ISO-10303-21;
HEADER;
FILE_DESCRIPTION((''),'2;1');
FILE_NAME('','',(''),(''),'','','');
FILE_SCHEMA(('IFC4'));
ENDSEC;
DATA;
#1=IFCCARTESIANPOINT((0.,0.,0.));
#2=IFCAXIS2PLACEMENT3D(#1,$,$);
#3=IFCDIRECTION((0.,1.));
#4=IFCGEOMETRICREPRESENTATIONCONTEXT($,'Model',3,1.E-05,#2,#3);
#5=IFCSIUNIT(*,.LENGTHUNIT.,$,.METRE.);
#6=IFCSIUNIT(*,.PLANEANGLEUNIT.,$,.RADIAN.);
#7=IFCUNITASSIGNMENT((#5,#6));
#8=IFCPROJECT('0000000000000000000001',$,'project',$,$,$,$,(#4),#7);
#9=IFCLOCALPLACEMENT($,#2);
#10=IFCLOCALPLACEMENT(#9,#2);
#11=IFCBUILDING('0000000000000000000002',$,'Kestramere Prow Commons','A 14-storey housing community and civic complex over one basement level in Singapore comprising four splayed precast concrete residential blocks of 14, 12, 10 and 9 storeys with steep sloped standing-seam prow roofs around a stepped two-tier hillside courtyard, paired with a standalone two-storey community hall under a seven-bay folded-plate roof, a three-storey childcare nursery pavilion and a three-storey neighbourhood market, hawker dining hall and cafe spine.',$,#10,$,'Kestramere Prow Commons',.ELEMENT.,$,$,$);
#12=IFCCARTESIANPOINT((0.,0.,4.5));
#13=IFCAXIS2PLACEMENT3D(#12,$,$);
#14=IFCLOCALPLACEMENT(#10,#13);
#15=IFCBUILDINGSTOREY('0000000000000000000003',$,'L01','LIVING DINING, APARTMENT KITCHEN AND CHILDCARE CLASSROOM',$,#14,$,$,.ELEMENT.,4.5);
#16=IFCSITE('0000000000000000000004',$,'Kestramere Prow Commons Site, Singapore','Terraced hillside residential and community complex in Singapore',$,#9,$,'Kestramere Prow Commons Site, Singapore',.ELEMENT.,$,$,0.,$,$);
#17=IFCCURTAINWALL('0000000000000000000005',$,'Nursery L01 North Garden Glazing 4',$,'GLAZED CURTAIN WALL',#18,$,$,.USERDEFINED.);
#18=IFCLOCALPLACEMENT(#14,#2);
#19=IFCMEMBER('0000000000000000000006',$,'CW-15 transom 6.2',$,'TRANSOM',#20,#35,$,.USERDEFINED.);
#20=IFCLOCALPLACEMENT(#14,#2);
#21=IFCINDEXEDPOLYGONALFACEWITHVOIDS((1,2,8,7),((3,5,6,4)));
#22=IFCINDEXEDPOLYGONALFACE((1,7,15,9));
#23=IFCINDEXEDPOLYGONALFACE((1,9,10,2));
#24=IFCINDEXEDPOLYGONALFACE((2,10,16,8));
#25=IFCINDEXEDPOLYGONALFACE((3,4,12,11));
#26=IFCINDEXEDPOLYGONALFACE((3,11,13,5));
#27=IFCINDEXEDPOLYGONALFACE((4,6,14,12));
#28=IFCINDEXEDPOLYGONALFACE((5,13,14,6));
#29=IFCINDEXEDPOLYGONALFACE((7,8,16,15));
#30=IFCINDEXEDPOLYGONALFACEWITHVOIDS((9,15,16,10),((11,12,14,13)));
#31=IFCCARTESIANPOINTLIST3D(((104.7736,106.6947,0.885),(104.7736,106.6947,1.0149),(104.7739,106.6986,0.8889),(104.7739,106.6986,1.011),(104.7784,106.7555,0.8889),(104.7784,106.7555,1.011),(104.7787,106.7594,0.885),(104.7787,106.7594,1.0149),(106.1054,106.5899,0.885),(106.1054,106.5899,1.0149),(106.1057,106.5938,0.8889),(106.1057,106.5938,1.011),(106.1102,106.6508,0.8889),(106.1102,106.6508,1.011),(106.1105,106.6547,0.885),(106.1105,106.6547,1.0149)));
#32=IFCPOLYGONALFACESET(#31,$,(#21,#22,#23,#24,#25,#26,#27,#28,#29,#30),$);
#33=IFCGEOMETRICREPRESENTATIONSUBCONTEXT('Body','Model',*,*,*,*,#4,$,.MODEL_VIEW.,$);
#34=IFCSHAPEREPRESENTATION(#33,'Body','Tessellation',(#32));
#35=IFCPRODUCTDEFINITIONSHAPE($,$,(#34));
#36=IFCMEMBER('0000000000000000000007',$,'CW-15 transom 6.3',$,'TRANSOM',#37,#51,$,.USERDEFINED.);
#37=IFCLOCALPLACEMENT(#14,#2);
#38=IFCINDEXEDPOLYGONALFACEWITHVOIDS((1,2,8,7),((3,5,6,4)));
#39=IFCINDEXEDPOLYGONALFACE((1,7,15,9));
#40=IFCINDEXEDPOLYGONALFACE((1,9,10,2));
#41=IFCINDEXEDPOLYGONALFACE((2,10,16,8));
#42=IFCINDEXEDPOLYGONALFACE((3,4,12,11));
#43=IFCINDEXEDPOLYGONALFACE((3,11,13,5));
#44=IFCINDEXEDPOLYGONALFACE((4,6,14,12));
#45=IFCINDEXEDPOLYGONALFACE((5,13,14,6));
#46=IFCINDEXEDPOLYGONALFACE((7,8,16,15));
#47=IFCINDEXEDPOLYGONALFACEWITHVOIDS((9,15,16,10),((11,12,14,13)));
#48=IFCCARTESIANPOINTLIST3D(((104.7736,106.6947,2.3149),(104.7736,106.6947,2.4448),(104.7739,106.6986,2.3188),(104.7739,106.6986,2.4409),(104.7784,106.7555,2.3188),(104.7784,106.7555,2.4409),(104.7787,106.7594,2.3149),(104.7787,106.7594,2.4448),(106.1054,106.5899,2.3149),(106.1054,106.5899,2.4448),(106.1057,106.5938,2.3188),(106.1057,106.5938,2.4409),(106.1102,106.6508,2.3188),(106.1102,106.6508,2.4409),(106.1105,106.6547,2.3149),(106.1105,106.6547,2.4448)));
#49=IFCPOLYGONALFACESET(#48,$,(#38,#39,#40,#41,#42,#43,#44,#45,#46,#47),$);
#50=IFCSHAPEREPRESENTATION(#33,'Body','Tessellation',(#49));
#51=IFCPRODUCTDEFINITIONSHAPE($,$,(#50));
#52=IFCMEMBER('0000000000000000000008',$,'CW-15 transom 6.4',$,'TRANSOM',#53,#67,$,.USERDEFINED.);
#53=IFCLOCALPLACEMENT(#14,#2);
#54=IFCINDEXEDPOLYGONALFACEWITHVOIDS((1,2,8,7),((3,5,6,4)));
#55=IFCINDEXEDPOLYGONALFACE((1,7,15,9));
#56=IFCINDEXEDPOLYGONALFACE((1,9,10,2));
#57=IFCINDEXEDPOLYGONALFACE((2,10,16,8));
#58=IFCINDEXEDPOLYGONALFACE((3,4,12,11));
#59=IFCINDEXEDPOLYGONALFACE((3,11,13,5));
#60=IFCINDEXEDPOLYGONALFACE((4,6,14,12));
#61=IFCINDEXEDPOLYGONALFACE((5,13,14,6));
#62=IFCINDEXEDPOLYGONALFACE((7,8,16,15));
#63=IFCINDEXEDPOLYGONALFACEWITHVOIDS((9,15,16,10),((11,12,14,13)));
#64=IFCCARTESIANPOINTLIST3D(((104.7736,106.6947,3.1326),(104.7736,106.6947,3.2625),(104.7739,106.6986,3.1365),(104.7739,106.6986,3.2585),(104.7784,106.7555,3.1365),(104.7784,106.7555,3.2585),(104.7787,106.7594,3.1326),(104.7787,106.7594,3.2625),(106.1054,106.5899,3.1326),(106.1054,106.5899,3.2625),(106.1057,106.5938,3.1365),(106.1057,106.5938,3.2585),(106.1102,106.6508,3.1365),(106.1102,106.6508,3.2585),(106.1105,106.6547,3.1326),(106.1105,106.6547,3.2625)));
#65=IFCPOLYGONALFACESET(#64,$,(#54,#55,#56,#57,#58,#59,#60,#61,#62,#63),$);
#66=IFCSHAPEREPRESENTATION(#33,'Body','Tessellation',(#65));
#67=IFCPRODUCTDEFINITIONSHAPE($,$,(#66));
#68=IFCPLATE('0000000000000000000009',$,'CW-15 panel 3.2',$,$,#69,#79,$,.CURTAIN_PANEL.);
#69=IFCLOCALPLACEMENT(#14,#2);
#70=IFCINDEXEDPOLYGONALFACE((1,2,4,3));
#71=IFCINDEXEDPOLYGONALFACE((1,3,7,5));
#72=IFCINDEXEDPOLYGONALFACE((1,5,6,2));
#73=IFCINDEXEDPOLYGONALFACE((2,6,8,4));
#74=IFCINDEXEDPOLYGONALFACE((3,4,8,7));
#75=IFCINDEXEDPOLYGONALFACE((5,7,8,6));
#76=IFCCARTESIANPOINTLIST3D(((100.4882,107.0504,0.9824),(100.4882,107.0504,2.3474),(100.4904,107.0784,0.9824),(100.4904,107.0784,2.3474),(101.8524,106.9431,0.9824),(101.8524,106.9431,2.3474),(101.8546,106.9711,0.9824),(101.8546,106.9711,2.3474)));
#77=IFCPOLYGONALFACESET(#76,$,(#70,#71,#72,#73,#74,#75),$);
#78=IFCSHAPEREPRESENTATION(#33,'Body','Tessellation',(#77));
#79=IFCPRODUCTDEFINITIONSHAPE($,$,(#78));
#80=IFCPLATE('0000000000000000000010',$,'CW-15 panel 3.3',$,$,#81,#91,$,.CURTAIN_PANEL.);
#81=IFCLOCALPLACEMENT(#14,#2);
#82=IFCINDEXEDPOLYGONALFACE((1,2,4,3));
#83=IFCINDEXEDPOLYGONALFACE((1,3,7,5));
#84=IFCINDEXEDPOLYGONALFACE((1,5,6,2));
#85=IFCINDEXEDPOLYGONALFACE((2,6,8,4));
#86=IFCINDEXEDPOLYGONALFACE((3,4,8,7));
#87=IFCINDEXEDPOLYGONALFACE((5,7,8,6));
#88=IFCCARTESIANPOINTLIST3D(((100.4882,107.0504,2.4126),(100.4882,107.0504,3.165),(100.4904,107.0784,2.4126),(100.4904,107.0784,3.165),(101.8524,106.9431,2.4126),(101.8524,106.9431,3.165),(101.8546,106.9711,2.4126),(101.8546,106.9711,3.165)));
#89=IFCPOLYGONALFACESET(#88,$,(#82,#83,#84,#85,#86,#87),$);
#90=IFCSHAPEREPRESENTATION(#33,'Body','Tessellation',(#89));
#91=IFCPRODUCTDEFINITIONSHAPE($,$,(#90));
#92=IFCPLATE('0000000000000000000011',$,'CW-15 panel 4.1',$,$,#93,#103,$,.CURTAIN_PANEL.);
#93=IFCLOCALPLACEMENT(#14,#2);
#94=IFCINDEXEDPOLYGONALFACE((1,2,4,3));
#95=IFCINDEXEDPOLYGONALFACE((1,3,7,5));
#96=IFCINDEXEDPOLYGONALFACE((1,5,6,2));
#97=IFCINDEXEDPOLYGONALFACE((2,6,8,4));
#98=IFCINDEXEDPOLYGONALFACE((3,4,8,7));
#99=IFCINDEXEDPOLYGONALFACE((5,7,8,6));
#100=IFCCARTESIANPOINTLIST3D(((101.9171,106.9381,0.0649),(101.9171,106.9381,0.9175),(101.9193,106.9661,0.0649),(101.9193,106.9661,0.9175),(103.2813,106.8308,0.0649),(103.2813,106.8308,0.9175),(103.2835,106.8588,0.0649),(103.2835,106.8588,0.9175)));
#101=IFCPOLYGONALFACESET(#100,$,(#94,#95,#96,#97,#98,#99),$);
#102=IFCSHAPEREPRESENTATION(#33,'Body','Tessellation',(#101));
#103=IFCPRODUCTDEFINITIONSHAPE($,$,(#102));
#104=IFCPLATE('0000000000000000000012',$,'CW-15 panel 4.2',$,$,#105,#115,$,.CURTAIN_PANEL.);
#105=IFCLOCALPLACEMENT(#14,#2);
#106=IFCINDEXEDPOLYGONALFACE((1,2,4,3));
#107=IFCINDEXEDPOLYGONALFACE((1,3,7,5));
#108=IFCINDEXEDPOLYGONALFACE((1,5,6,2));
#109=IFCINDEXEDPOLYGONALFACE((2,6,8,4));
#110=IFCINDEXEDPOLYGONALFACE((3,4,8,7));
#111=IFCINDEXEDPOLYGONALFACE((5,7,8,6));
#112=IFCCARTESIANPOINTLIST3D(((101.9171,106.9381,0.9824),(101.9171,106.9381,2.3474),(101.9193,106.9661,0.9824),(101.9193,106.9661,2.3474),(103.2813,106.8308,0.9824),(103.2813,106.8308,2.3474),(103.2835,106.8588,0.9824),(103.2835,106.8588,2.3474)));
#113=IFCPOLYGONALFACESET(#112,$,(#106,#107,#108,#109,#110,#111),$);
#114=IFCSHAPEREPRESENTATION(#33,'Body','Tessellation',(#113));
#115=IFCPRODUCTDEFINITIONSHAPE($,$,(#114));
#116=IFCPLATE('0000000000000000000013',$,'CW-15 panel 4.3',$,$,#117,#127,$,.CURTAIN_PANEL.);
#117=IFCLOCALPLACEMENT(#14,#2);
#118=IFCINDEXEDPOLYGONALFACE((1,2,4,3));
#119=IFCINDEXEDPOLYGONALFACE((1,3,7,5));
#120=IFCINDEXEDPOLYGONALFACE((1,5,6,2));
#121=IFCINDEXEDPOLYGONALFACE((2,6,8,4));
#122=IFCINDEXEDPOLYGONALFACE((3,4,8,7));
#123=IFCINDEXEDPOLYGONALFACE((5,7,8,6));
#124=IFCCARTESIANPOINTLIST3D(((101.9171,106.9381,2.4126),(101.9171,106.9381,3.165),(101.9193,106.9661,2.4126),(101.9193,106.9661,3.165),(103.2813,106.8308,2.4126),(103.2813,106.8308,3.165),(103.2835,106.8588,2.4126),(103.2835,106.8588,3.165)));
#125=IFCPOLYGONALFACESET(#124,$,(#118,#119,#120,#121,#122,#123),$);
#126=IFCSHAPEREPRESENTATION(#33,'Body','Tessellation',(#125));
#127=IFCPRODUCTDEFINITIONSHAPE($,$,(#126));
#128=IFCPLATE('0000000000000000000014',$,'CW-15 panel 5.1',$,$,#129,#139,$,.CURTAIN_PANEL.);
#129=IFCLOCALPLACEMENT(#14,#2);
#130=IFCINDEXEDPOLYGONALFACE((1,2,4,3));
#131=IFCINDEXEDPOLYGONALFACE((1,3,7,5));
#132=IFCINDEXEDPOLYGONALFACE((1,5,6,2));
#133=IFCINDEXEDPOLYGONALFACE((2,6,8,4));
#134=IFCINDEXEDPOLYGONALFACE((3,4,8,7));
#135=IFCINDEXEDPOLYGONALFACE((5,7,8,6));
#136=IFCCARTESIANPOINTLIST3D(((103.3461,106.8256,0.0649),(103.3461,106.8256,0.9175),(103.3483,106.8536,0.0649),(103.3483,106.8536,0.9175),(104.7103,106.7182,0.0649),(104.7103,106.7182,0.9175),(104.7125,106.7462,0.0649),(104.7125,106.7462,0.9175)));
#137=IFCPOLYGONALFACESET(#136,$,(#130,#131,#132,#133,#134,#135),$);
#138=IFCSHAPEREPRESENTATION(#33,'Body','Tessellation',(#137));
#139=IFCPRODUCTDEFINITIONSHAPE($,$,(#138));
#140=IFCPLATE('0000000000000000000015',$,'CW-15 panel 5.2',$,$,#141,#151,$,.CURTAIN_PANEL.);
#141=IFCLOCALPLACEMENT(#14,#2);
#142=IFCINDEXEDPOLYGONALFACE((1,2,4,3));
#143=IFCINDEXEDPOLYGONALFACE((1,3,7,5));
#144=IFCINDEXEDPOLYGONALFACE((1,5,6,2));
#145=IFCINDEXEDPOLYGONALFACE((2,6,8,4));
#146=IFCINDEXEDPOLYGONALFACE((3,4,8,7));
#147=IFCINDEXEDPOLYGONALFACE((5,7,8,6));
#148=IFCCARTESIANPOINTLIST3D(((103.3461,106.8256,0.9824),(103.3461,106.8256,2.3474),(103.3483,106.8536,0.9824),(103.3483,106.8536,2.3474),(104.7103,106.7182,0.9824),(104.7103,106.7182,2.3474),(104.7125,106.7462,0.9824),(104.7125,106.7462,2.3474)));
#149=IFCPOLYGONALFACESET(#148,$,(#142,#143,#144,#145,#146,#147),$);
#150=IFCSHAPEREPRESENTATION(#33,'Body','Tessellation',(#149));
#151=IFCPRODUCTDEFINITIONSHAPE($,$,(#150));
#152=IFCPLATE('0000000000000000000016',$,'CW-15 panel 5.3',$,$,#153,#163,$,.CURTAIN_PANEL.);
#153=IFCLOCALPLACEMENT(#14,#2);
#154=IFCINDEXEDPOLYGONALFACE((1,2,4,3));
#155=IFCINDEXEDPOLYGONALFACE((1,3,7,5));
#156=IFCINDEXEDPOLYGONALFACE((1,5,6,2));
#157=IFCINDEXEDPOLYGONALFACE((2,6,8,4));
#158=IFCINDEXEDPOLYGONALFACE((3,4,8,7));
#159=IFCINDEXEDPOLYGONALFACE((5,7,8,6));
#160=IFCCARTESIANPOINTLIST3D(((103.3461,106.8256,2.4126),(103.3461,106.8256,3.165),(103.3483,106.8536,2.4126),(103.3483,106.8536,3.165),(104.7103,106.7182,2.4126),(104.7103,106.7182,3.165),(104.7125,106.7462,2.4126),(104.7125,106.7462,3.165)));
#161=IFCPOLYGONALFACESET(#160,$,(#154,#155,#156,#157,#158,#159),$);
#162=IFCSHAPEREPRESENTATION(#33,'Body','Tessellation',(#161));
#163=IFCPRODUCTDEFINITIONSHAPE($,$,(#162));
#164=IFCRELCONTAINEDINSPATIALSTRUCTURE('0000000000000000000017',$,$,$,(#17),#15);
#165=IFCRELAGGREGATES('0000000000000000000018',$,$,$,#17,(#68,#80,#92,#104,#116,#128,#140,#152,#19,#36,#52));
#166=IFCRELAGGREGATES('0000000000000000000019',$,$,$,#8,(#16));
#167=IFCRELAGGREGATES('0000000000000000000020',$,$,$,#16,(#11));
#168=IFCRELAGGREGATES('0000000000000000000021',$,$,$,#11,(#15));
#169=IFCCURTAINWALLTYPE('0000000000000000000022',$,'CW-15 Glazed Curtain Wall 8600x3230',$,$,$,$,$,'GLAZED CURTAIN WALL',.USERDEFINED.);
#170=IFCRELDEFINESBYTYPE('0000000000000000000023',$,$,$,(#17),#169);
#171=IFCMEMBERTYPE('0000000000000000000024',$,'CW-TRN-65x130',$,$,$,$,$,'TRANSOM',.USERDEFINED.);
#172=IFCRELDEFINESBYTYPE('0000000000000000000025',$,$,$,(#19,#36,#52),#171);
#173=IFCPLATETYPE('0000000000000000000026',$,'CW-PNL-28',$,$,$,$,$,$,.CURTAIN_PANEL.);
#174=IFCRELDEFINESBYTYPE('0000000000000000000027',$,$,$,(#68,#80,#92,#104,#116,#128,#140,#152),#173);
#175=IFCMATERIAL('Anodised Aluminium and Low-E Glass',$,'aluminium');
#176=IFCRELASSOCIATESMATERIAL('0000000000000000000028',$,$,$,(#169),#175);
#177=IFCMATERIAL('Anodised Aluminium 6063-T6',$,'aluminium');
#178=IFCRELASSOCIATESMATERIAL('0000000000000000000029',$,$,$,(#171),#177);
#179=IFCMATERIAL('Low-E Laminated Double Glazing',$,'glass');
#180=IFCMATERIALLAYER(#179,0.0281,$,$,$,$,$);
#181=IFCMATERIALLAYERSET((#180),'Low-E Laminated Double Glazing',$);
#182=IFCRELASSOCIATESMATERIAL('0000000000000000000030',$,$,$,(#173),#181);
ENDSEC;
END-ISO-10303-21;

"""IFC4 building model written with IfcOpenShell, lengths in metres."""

from ifc_helpers import new_model, si_unit, direction, frame, origin, origin_2d, place, context, subcontext, project, spatial, rectangle, hollow_rectangle, extrude, material, layer, layer_set, material_profile, profile_set, type_object, element, aggregate, save


model = new_model("IFC4")

# Units and contexts
model_context = context("Model", 3, precision=1e-05, world=origin(), true_north=direction((0.0, 1.0)))
body_context = subcontext(model_context, "Body", "Model", "MODEL_VIEW")
ifc_project = project(units=[si_unit("LENGTHUNIT", "METRE"), si_unit("PLANEANGLEUNIT", "RADIAN")], contexts=[model_context])

# Site, building, storey
site_placement = place(None, origin())
site = spatial("IfcSite", under=ifc_project, at=site_placement, Name="Kestramere Prow Commons Site, Singapore", Description="Terraced hillside residential and community complex in Singapore", LongName="Kestramere Prow Commons Site, Singapore", CompositionType="ELEMENT", RefElevation=0.0)
building_placement = place(site_placement, origin())
building = spatial("IfcBuilding", under=site, at=building_placement, Name="Kestramere Prow Commons", Description="A 14-storey housing community and civic complex over one basement level in Singapore comprising four splayed precast concrete residential blocks of 14, 12, 10 and 9 storeys with steep sloped standing-seam prow roofs around a stepped two-tier hillside courtyard, paired with a standalone two-storey community hall under a seven-bay folded-plate roof, a three-storey childcare nursery pavilion and a three-storey neighbourhood market, hawker dining hall and cafe spine.", LongName="Kestramere Prow Commons", CompositionType="ELEMENT")
storey_placement = place(building_placement, frame((0.0, 0.0, 4.5)))
storey = spatial("IfcBuildingStorey", under=building, at=storey_placement, Name="L01", Description="LIVING DINING, APARTMENT KITCHEN AND CHILDCARE CLASSROOM", CompositionType="ELEMENT", Elevation=4.5)

# Curtain wall, members, plates
ifc_material_1 = material(Name="Anodised Aluminium and Low-E Glass", Category="aluminium")
curtain_wall_type = type_object("IfcCurtainWallType", Name="CW-15 Glazed Curtain Wall 8600x3230", ElementType="GLAZED CURTAIN WALL", PredefinedType="USERDEFINED", material=ifc_material_1)
curtain_wall_placement = place(storey_placement, origin())
curtain_wall = element("IfcCurtainWall", 1, at=curtain_wall_placement, inside=storey, type_object=curtain_wall_type, Name="Nursery L01 North Garden Glazing 4", ObjectType="GLAZED CURTAIN WALL", PredefinedType="USERDEFINED")
ifc_material_2 = material(Name="Anodised Aluminium 6063-T6", Category="aluminium")
ifc_material_profile_1 = material_profile(ifc_material_2, hollow_rectangle(XDim=0.0649, YDim=0.1299, WallThickness=0.0039, at=origin_2d()), Name="ALU-TRN 65x130")
ifc_profile_set_1 = profile_set([ifc_material_profile_1], Name="Anodised Aluminium 6063-T6")
member_type_1 = type_object("IfcMemberType", Name="CW-TRN-65x130", ElementType="TRANSOM", PredefinedType="USERDEFINED", material=ifc_profile_set_1)
member_1_placement = place(storey_placement, frame((104.7761, 106.7271, 0.95), z_axis=(0.996922, -0.078401, 0.0), x_axis=(0.078401, 0.996922, 0.0)))
member_1 = element("IfcMember", 2, at=member_1_placement, type_object=member_type_1, Name="CW-15 transom 6.2", ObjectType="TRANSOM", PredefinedType="USERDEFINED", context=body_context, shape_type="SweptSolid", body=[
    extrude(hollow_rectangle(XDim=0.0649, YDim=0.1299, WallThickness=0.0039, at=origin_2d()), origin(), (0.0, 0.0, 1.0), 1.3359),
])
member_2_placement = place(storey_placement, frame((104.7761, 106.7271, 2.3799), z_axis=(0.996922, -0.078401, 0.0), x_axis=(0.078401, 0.996922, 0.0)))
member_2 = element("IfcMember", 3, at=member_2_placement, type_object=member_type_1, Name="CW-15 transom 6.3", ObjectType="TRANSOM", PredefinedType="USERDEFINED", context=body_context, shape_type="SweptSolid", body=[
    extrude(hollow_rectangle(XDim=0.0649, YDim=0.1299, WallThickness=0.0039, at=origin_2d()), origin(), (0.0, 0.0, 1.0), 1.3359),
])
member_3_placement = place(storey_placement, frame((104.7761, 106.7271, 3.1975), z_axis=(0.996922, -0.078401, 0.0), x_axis=(0.078401, 0.996922, 0.0)))
member_3 = element("IfcMember", 4, at=member_3_placement, type_object=member_type_1, Name="CW-15 transom 6.4", ObjectType="TRANSOM", PredefinedType="USERDEFINED", context=body_context, shape_type="SweptSolid", body=[
    extrude(hollow_rectangle(XDim=0.0649, YDim=0.1299, WallThickness=0.0039, at=origin_2d()), origin(), (0.0, 0.0, 1.0), 1.3359),
])
ifc_material_3 = material(Name="Low-E Laminated Double Glazing", Category="glass")
ifc_layer = layer(ifc_material_3, 0.0281)
ifc_layer_set = layer_set([ifc_layer], Name="Low-E Laminated Double Glazing")
plate_type = type_object("IfcPlateType", Name="CW-PNL-28", PredefinedType="CURTAIN_PANEL", material=ifc_layer_set)
plate_1_placement = place(storey_placement, frame((101.1714, 107.0107, 0.9824), z_axis=(0.0, 0.0, 1.0), x_axis=(0.996917, -0.078459, 0.0)))
plate_1 = element("IfcPlate", 5, at=plate_1_placement, type_object=plate_type, Name="CW-15 panel 3.2", PredefinedType="CURTAIN_PANEL", context=body_context, shape_type="SweptSolid", body=[
    extrude(rectangle(XDim=1.3684, YDim=0.0281, at=origin_2d()), origin(), (0.0, 0.0, 1.0), 1.365),
])
plate_2_placement = place(storey_placement, frame((101.1714, 107.0107, 2.4126), z_axis=(0.0, 0.0, 1.0), x_axis=(0.996917, -0.078459, 0.0)))
plate_2 = element("IfcPlate", 6, at=plate_2_placement, type_object=plate_type, Name="CW-15 panel 3.3", PredefinedType="CURTAIN_PANEL", context=body_context, shape_type="SweptSolid", body=[
    extrude(rectangle(XDim=1.3684, YDim=0.0281, at=origin_2d()), origin(), (0.0, 0.0, 1.0), 0.7524),
])
plate_3_placement = place(storey_placement, frame((102.6003, 106.8984, 0.0649), z_axis=(0.0, 0.0, 1.0), x_axis=(0.996917, -0.078459, 0.0)))
plate_3 = element("IfcPlate", 7, at=plate_3_placement, type_object=plate_type, Name="CW-15 panel 4.1", PredefinedType="CURTAIN_PANEL", context=body_context, shape_type="SweptSolid", body=[
    extrude(rectangle(XDim=1.3684, YDim=0.0281, at=origin_2d()), origin(), (0.0, 0.0, 1.0), 0.8525),
])
plate_4_placement = place(storey_placement, frame((102.6003, 106.8984, 0.9824), z_axis=(0.0, 0.0, 1.0), x_axis=(0.996917, -0.078459, 0.0)))
plate_4 = element("IfcPlate", 8, at=plate_4_placement, type_object=plate_type, Name="CW-15 panel 4.2", PredefinedType="CURTAIN_PANEL", context=body_context, shape_type="SweptSolid", body=[
    extrude(rectangle(XDim=1.3684, YDim=0.0281, at=origin_2d()), origin(), (0.0, 0.0, 1.0), 1.365),
])
plate_5_placement = place(storey_placement, frame((102.6003, 106.8984, 2.4126), z_axis=(0.0, 0.0, 1.0), x_axis=(0.996917, -0.078459, 0.0)))
plate_5 = element("IfcPlate", 9, at=plate_5_placement, type_object=plate_type, Name="CW-15 panel 4.3", PredefinedType="CURTAIN_PANEL", context=body_context, shape_type="SweptSolid", body=[
    extrude(rectangle(XDim=1.3684, YDim=0.0281, at=origin_2d()), origin(), (0.0, 0.0, 1.0), 0.7524),
])
plate_6_placement = place(storey_placement, frame((104.0293, 106.7859, 0.0649), z_axis=(0.0, 0.0, 1.0), x_axis=(0.996917, -0.078459, 0.0)))
plate_6 = element("IfcPlate", 10, at=plate_6_placement, type_object=plate_type, Name="CW-15 panel 5.1", PredefinedType="CURTAIN_PANEL", context=body_context, shape_type="SweptSolid", body=[
    extrude(rectangle(XDim=1.3684, YDim=0.0281, at=origin_2d()), origin(), (0.0, 0.0, 1.0), 0.8525),
])
plate_7_placement = place(storey_placement, frame((104.0293, 106.7859, 0.9824), z_axis=(0.0, 0.0, 1.0), x_axis=(0.996917, -0.078459, 0.0)))
plate_7 = element("IfcPlate", 11, at=plate_7_placement, type_object=plate_type, Name="CW-15 panel 5.2", PredefinedType="CURTAIN_PANEL", context=body_context, shape_type="SweptSolid", body=[
    extrude(rectangle(XDim=1.3684, YDim=0.0281, at=origin_2d()), origin(), (0.0, 0.0, 1.0), 1.365),
])
plate_8_placement = place(storey_placement, frame((104.0293, 106.7859, 2.4126), z_axis=(0.0, 0.0, 1.0), x_axis=(0.996917, -0.078459, 0.0)))
plate_8 = element("IfcPlate", 12, at=plate_8_placement, type_object=plate_type, Name="CW-15 panel 5.3", PredefinedType="CURTAIN_PANEL", context=body_context, shape_type="SweptSolid", body=[
    extrude(rectangle(XDim=1.3684, YDim=0.0281, at=origin_2d()), origin(), (0.0, 0.0, 1.0), 0.7524),
])
aggregate(curtain_wall, [plate_1, plate_2, plate_3, plate_4, plate_5, plate_6, plate_7, plate_8, member_1, member_2, member_3])

save(model, "model.ifc")
